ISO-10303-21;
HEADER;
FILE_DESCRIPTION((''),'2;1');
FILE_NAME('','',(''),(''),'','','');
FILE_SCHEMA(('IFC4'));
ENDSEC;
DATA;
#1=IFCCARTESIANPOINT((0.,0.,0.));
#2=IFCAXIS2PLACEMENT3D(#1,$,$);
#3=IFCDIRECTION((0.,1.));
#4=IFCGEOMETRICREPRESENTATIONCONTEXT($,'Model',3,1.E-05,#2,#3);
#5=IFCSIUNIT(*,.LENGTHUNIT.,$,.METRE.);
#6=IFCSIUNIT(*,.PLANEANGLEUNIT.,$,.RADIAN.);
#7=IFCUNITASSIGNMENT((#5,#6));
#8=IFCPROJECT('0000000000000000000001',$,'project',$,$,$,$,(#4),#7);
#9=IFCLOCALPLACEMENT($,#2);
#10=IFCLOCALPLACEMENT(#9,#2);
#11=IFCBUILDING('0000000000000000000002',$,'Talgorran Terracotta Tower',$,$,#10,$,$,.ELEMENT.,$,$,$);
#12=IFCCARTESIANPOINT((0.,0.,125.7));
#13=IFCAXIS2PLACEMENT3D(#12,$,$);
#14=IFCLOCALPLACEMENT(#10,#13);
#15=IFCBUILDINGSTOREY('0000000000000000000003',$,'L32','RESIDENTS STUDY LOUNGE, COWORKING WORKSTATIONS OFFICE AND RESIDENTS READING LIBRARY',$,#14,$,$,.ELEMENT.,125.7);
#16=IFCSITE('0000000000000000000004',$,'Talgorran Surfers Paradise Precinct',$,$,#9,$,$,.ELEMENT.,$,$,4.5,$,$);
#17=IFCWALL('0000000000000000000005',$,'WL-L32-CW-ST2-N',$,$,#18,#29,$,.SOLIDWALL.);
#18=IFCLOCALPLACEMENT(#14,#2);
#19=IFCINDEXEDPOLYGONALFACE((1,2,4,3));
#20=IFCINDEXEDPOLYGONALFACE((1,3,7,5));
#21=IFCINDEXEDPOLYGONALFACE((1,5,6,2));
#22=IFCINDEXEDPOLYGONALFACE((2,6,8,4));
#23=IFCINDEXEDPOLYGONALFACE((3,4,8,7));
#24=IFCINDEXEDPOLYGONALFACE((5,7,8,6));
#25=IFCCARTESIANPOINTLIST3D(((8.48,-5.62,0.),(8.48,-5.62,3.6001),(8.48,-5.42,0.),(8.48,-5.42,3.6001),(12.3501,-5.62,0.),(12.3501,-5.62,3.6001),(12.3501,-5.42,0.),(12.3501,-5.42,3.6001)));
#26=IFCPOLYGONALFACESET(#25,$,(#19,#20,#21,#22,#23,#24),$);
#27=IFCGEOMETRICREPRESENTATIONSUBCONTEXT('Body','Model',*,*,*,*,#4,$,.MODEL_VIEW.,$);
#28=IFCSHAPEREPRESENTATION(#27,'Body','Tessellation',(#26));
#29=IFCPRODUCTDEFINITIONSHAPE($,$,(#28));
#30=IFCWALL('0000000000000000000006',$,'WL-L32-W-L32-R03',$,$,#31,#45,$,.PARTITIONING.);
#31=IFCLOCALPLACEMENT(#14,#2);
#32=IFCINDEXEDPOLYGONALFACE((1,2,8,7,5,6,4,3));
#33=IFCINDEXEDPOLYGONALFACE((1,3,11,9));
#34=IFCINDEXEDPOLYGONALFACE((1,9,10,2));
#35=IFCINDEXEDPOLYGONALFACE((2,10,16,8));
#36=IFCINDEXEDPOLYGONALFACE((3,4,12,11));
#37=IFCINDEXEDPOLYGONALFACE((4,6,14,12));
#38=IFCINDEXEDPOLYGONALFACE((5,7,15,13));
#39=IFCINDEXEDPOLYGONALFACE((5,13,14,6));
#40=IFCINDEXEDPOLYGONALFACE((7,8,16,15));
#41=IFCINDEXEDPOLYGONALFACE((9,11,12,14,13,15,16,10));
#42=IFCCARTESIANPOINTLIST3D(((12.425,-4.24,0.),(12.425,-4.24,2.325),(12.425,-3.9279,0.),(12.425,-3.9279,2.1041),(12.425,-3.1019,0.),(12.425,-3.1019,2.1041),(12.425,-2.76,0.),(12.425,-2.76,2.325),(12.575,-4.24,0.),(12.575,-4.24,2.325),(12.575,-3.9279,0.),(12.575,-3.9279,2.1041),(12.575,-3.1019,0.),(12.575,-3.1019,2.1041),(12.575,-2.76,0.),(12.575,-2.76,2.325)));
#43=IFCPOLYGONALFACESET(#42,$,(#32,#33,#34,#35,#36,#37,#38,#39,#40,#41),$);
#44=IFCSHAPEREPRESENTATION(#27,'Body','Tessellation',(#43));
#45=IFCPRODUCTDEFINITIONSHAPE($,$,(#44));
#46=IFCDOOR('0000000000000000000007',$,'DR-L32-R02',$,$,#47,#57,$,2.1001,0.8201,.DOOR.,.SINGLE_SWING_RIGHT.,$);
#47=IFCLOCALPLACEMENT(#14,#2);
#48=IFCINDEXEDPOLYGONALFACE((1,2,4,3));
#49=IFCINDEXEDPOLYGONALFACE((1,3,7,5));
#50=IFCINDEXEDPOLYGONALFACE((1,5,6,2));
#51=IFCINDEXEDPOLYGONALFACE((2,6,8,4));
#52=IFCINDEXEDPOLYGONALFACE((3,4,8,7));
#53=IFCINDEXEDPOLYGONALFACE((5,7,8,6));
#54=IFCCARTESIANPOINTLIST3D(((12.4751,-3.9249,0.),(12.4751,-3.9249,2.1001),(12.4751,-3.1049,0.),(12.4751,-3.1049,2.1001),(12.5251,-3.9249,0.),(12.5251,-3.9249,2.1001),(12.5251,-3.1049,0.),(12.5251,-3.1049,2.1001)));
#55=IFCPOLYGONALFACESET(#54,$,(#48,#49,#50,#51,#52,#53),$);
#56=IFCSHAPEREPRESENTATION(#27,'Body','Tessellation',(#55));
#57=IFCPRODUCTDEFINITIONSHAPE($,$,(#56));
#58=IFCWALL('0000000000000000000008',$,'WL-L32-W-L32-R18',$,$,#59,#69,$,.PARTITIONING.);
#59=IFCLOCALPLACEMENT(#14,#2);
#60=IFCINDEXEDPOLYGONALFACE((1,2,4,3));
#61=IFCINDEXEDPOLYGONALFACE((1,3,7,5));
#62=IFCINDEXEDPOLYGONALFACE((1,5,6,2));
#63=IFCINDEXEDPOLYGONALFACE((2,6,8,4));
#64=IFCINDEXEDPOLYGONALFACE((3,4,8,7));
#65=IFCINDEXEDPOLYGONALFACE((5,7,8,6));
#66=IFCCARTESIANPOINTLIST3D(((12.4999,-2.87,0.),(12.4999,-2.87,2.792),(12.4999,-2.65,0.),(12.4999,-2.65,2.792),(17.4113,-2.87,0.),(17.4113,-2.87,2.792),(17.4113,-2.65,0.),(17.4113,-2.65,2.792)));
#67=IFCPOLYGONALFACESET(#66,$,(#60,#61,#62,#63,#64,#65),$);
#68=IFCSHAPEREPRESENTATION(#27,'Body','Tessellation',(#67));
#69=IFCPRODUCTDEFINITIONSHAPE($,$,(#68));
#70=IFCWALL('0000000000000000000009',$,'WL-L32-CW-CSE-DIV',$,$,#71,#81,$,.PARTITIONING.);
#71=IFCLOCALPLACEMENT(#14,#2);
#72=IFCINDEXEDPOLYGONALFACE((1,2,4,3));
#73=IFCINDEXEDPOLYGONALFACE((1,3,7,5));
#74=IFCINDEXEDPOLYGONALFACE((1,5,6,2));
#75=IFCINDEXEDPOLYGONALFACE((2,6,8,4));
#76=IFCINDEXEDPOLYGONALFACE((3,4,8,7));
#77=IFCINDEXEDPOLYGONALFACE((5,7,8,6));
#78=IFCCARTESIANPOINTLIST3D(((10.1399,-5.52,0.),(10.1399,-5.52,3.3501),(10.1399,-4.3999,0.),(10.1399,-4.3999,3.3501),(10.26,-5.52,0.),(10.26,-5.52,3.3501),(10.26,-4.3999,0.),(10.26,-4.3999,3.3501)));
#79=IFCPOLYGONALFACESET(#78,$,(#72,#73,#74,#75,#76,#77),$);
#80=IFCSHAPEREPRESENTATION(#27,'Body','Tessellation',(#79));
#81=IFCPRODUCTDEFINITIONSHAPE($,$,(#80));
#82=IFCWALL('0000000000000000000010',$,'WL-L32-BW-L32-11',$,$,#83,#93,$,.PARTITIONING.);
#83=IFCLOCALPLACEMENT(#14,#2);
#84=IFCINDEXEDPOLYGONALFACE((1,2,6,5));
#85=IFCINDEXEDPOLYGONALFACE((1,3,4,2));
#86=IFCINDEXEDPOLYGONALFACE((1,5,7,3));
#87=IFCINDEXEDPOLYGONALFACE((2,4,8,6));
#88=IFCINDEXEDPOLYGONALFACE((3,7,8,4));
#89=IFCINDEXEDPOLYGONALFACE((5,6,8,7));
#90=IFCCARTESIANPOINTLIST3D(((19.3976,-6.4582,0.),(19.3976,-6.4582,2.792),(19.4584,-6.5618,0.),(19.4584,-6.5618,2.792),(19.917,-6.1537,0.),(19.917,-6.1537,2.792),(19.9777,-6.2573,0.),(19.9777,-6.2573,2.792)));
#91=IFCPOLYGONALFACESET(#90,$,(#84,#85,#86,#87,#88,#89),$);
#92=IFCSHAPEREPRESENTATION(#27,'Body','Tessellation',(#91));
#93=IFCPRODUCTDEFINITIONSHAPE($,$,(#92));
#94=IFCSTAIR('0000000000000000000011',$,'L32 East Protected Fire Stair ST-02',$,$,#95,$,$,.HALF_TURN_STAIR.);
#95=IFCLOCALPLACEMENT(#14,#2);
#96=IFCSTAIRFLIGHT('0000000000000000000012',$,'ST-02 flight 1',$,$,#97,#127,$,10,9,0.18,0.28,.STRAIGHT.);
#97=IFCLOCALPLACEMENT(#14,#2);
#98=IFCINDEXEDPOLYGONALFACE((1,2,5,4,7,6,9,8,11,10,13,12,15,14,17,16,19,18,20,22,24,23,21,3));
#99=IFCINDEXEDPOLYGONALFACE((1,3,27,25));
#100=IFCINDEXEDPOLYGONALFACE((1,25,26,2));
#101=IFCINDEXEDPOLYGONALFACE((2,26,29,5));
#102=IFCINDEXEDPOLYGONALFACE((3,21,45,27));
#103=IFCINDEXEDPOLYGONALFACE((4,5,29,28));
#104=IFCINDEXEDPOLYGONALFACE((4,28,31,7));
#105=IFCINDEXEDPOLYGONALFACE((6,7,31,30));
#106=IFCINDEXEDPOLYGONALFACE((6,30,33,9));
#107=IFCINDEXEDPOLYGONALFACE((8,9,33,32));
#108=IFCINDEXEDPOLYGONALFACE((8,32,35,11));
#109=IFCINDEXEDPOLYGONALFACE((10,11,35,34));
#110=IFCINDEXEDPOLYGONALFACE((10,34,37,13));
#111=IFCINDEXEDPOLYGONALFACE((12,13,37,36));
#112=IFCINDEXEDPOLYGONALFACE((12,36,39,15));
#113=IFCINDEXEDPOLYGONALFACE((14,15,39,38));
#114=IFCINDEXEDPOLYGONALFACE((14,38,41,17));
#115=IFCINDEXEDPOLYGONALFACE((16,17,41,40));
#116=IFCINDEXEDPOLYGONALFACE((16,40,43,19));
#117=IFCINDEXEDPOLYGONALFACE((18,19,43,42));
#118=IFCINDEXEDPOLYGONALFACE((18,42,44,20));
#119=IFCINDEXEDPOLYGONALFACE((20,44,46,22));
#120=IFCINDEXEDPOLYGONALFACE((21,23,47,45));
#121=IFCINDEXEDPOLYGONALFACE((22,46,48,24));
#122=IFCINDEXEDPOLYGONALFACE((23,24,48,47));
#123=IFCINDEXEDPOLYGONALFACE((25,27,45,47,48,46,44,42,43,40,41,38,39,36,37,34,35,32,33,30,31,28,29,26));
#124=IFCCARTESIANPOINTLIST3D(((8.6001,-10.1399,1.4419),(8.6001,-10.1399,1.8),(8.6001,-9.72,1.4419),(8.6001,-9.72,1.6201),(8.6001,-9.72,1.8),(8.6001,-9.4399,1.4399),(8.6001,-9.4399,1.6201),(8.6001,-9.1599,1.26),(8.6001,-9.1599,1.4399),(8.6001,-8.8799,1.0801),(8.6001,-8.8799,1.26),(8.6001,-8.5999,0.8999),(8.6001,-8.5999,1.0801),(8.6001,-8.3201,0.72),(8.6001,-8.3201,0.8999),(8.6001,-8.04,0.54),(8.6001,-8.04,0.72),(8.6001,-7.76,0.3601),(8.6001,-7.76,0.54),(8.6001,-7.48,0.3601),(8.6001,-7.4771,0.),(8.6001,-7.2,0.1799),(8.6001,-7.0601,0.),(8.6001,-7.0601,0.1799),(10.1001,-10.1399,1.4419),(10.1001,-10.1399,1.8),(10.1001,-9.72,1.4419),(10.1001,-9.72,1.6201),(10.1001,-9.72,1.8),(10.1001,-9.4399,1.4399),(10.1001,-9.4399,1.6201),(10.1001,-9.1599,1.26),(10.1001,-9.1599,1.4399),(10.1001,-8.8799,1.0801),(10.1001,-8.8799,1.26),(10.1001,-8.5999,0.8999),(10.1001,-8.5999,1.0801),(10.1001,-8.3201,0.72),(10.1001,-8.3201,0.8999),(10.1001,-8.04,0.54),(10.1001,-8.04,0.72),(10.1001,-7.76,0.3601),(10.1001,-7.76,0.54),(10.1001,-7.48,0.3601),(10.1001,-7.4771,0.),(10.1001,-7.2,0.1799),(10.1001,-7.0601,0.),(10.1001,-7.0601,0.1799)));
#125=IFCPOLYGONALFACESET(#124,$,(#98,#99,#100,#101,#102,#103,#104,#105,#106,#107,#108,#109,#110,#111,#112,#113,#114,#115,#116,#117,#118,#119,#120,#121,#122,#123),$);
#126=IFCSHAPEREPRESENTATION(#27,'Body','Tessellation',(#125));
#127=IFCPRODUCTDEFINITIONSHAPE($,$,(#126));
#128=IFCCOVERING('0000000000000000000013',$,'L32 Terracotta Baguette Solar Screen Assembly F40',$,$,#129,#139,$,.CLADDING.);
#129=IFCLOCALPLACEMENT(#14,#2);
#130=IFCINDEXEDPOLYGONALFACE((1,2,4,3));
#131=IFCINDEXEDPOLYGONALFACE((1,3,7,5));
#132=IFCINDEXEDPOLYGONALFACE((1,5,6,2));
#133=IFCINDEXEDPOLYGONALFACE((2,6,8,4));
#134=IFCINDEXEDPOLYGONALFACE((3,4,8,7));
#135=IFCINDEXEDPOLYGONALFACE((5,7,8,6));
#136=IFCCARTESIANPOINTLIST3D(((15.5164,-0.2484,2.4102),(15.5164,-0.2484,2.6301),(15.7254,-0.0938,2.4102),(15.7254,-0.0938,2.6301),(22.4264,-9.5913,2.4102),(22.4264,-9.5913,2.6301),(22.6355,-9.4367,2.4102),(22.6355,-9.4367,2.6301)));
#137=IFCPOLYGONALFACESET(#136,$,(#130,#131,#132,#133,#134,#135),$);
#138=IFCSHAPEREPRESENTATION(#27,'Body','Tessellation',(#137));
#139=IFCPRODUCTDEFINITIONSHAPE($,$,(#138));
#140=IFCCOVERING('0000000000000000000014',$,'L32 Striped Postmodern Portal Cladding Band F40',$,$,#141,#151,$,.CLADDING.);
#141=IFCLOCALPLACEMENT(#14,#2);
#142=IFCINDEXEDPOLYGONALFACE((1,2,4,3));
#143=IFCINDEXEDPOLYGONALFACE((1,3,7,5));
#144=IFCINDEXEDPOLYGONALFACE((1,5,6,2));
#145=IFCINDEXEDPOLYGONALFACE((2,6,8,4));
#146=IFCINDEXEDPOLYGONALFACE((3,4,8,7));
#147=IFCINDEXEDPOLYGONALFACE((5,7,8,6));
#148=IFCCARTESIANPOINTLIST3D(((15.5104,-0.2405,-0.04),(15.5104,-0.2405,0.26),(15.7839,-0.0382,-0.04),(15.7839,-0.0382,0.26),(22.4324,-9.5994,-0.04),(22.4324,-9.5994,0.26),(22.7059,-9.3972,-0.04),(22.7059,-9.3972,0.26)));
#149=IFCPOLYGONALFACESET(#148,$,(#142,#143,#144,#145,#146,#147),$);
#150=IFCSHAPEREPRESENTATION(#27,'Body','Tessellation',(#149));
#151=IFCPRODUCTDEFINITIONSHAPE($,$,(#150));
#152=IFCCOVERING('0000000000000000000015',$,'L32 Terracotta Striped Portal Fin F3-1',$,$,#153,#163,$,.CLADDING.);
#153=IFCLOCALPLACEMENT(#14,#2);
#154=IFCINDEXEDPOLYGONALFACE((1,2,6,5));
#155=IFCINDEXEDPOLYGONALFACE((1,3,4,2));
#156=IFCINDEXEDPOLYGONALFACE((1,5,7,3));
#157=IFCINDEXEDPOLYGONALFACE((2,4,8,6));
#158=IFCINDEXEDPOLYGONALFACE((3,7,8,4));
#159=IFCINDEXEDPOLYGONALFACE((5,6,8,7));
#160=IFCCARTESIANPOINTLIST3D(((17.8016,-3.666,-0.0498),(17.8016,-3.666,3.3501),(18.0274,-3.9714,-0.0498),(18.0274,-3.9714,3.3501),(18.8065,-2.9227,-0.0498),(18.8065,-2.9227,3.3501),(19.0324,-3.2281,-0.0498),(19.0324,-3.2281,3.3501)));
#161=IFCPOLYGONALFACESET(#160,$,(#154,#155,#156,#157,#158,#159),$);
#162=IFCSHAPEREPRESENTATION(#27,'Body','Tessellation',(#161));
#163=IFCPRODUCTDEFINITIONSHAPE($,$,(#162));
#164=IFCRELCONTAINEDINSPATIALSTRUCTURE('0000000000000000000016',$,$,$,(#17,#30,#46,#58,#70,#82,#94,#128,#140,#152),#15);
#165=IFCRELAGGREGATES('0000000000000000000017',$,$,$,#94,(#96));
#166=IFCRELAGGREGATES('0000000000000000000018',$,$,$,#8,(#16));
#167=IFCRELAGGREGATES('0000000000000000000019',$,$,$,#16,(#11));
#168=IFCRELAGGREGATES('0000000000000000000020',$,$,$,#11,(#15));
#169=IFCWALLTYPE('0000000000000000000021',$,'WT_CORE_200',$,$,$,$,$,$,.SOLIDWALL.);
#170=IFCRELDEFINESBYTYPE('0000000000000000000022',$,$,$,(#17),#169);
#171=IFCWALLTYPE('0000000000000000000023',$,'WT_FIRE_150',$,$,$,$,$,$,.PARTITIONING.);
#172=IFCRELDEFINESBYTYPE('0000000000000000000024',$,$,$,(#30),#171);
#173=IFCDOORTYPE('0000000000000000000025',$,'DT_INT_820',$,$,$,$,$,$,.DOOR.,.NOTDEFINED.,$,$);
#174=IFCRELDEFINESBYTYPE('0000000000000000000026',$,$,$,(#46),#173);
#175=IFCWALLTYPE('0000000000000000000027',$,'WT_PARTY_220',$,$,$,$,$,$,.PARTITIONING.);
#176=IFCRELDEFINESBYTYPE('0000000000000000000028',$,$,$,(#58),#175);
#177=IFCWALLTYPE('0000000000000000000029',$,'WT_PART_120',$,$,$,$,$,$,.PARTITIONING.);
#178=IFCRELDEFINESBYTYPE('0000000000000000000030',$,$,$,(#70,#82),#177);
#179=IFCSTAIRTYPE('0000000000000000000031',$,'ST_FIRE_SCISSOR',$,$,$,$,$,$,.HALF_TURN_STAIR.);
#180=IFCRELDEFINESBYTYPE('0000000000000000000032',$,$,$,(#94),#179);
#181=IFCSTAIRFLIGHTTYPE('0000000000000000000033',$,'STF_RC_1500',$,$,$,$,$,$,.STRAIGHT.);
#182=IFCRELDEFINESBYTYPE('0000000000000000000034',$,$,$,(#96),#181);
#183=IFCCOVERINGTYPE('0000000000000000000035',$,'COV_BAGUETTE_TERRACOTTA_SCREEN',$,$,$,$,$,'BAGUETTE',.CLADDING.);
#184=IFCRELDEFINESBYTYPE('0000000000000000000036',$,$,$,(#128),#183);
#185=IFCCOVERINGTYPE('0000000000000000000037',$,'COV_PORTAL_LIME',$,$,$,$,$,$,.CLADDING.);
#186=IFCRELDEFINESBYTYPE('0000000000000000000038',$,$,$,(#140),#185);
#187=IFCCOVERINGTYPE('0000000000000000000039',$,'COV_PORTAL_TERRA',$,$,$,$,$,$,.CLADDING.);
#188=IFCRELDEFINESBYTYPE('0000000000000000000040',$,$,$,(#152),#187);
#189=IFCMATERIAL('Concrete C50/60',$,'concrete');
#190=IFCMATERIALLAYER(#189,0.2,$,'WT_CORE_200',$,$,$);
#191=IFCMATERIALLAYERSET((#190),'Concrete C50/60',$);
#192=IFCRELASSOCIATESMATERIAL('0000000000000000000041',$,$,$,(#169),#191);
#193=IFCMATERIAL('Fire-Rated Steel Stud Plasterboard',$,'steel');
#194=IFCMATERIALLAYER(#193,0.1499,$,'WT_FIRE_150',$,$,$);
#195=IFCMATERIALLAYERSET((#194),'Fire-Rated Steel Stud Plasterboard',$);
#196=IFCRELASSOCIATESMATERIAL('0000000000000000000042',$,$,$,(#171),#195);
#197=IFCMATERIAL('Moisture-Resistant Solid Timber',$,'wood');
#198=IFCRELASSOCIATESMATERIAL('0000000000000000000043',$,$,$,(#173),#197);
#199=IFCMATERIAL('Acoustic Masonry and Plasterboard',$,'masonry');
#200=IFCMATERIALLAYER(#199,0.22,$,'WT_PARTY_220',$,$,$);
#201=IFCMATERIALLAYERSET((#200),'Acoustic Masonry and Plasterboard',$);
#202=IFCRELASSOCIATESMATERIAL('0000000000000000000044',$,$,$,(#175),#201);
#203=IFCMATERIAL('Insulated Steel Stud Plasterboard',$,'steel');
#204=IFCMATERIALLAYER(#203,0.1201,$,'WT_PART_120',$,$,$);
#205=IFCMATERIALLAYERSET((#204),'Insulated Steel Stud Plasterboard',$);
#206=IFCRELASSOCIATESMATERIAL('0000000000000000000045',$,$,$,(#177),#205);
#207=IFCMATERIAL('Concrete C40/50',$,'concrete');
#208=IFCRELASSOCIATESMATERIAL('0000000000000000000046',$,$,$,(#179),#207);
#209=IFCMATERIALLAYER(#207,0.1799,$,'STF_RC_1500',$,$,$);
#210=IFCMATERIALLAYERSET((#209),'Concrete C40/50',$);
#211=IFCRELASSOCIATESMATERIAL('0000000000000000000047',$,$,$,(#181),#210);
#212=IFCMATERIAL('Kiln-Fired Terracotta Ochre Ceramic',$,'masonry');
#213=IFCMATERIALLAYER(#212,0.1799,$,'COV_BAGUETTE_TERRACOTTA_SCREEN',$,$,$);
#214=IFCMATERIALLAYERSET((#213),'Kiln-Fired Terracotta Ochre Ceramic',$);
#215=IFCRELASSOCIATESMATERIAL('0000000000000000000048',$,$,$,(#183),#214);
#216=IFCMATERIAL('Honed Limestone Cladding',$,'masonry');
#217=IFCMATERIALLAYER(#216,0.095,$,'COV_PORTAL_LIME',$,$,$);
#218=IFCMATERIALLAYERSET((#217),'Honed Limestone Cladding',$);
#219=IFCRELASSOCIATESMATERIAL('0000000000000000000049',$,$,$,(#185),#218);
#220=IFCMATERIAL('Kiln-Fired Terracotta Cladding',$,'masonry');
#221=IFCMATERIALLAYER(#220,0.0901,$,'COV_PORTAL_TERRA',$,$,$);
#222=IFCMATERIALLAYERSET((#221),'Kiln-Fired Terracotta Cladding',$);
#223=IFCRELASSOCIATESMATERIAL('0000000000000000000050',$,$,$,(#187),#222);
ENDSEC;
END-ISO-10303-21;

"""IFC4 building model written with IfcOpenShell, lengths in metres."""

from ifc_helpers import new_model, si_unit, direction, frame, frame_2d, origin, origin_2d, place, context, subcontext, project, spatial, polyline, rectangle, outline, extrude, material, layer, layer_set, type_object, element, fill, aggregate, save


model = new_model("IFC4")

# Units and contexts
model_context = context("Model", 3, precision=1e-05, world=origin(), true_north=direction((0.0, 1.0)))
body_context = subcontext(model_context, "Body", "Model", "MODEL_VIEW")
ifc_project = project(units=[si_unit("LENGTHUNIT", "METRE"), si_unit("PLANEANGLEUNIT", "RADIAN")], contexts=[model_context])

# Site, building, storey
site_placement = place(None, origin())
site = spatial("IfcSite", under=ifc_project, at=site_placement, Name="Talgorran Surfers Paradise Precinct", CompositionType="ELEMENT", RefElevation=4.5)
building_placement = place(site_placement, origin())
building = spatial("IfcBuilding", under=site, at=building_placement, Name="Talgorran Terracotta Tower", CompositionType="ELEMENT")
storey_placement = place(building_placement, frame((0.0, 0.0, 125.7)))
storey = spatial("IfcBuildingStorey", under=building, at=storey_placement, Name="L32", Description="RESIDENTS STUDY LOUNGE, COWORKING WORKSTATIONS OFFICE AND RESIDENTS READING LIBRARY", CompositionType="ELEMENT", Elevation=125.7)

# Wall
ifc_material_1 = material(Name="Concrete C50/60", Category="concrete")
ifc_layer_1 = layer(ifc_material_1, 0.2, Name="WT_CORE_200")
ifc_layer_set_1 = layer_set([ifc_layer_1], Name="Concrete C50/60")
wall_type_1 = type_object("IfcWallType", Name="WT_CORE_200", PredefinedType="SOLIDWALL", material=ifc_layer_set_1)
wall_1_placement = place(storey_placement, frame((8.48, -5.52, 0.0), z_axis=(0.0, 0.0, 1.0), x_axis=(1.0, 0.0, 0.0)))
element("IfcWall", 1, at=wall_1_placement, inside=storey, type_object=wall_type_1, Name="WL-L32-CW-ST2-N", PredefinedType="SOLIDWALL", context=body_context, shape_type="SweptSolid", body=[
    extrude(rectangle(XDim=3.8701, YDim=0.2, at=frame_2d((1.9351, 0.0))), origin(), (0.0, 0.0, 1.0), 3.6001),
])

# Wall, opening, door
ifc_material_2 = material(Name="Fire-Rated Steel Stud Plasterboard", Category="steel")
ifc_layer_2 = layer(ifc_material_2, 0.1499, Name="WT_FIRE_150")
ifc_layer_set_2 = layer_set([ifc_layer_2], Name="Fire-Rated Steel Stud Plasterboard")
wall_type_2 = type_object("IfcWallType", Name="WT_FIRE_150", PredefinedType="PARTITIONING", material=ifc_layer_set_2)
wall_2_placement = place(storey_placement, frame((12.5, -4.24, 0.0), z_axis=(0.0, 0.0, 1.0), x_axis=(0.0, 1.0, 0.0)))
wall_2 = element("IfcWall", 2, at=wall_2_placement, inside=storey, type_object=wall_type_2, Name="WL-L32-W-L32-R03", PredefinedType="PARTITIONING", context=body_context, shape_type="SweptSolid", body=[
    extrude(rectangle(XDim=1.48, YDim=0.1499, at=frame_2d((0.74, 0.0))), origin(), (0.0, 0.0, 1.0), 2.325),
])
opening_placement = place(wall_2_placement, frame((0.3149, 0.0, 0.0)))
opening = element("IfcOpeningElement", 3, at=opening_placement, cuts=wall_2, PredefinedType="OPENING", context=body_context, shape_type="SweptSolid", body=[
    extrude(rectangle(XDim=0.8261, YDim=2.1041, at=frame_2d((0.4102, 1.052))), frame((0.0, 0.085, 0.0), z_axis=(0.0, -1.0, 0.0), x_axis=(1.0, 0.0, 0.0)), (0.0, 0.0, 1.0), 0.1699),
])
ifc_material_3 = material(Name="Moisture-Resistant Solid Timber", Category="wood")
door_type = type_object("IfcDoorType", Name="DT_INT_820", OperationType="NOTDEFINED", PredefinedType="DOOR", material=ifc_material_3)
door_placement = place(opening_placement, origin())
door = element("IfcDoor", 4, at=door_placement, inside=storey, type_object=door_type, Name="DR-L32-R02", OperationType="SINGLE_SWING_RIGHT", OverallHeight=2.1001, OverallWidth=0.8201, PredefinedType="DOOR", context=body_context, shape_type="SweptSolid", body=[
    extrude(rectangle(XDim=0.8201, YDim=2.1001, at=frame_2d((0.4102, 1.05))), frame((0.0, 0.0249, 0.0), z_axis=(0.0, -1.0, 0.0), x_axis=(1.0, 0.0, 0.0)), (0.0, 0.0, 1.0), 0.05),
])
fill(opening, door)

# Walls
ifc_material_4 = material(Name="Acoustic Masonry and Plasterboard", Category="masonry")
ifc_layer_3 = layer(ifc_material_4, 0.22, Name="WT_PARTY_220")
ifc_layer_set_3 = layer_set([ifc_layer_3], Name="Acoustic Masonry and Plasterboard")
wall_type_3 = type_object("IfcWallType", Name="WT_PARTY_220", PredefinedType="PARTITIONING", material=ifc_layer_set_3)
wall_3_placement = place(storey_placement, frame((12.5, -2.76, 0.0), z_axis=(0.0, 0.0, 1.0), x_axis=(1.0, 0.0, 0.0)))
element("IfcWall", 5, at=wall_3_placement, inside=storey, type_object=wall_type_3, Name="WL-L32-W-L32-R18", PredefinedType="PARTITIONING", context=body_context, shape_type="SweptSolid", body=[
    extrude(rectangle(XDim=4.9114, YDim=0.22, at=frame_2d((2.4556, 0.0))), origin(), (0.0, 0.0, 1.0), 2.792),
])
ifc_material_5 = material(Name="Insulated Steel Stud Plasterboard", Category="steel")
ifc_layer_4 = layer(ifc_material_5, 0.1201, Name="WT_PART_120")
ifc_layer_set_4 = layer_set([ifc_layer_4], Name="Insulated Steel Stud Plasterboard")
wall_type_4 = type_object("IfcWallType", Name="WT_PART_120", PredefinedType="PARTITIONING", material=ifc_layer_set_4)
wall_4_placement = place(storey_placement, frame((10.2, -5.52, 0.0), z_axis=(0.0, 0.0, 1.0), x_axis=(0.0, 1.0, 0.0)))
element("IfcWall", 6, at=wall_4_placement, inside=storey, type_object=wall_type_4, Name="WL-L32-CW-CSE-DIV", PredefinedType="PARTITIONING", context=body_context, shape_type="SweptSolid", body=[
    extrude(rectangle(XDim=1.1201, YDim=0.1201, at=frame_2d((0.5601, 0.0))), origin(), (0.0, 0.0, 1.0), 3.3501),
])
wall_5_placement = place(storey_placement, frame((19.428, -6.51, 0.0), z_axis=(0.0, 0.0, 1.0), x_axis=(0.862674, 0.505761, 0.0)))
element("IfcWall", 7, at=wall_5_placement, inside=storey, type_object=wall_type_4, Name="WL-L32-BW-L32-11", PredefinedType="PARTITIONING", context=body_context, shape_type="SweptSolid", body=[
    extrude(rectangle(XDim=0.6021, YDim=0.1201, at=frame_2d((0.301, 0.0))), origin(), (0.0, 0.0, 1.0), 2.792),
])

# Stair, stair flight
ifc_material_6 = material(Name="Concrete C40/50", Category="concrete")
stair_type = type_object("IfcStairType", Name="ST_FIRE_SCISSOR", PredefinedType="HALF_TURN_STAIR", material=ifc_material_6)
stair_placement = place(storey_placement, origin())
stair = element("IfcStair", 8, at=stair_placement, inside=storey, type_object=stair_type, Name="L32 East Protected Fire Stair ST-02", PredefinedType="HALF_TURN_STAIR")
ifc_layer_5 = layer(ifc_material_6, 0.1799, Name="STF_RC_1500")
ifc_layer_set_5 = layer_set([ifc_layer_5], Name="Concrete C40/50")
stair_flight_type = type_object("IfcStairFlightType", Name="STF_RC_1500", PredefinedType="STRAIGHT", material=ifc_layer_set_5)
stair_flight_placement = place(storey_placement, frame((9.3501, -7.2, 0.0), z_axis=(0.0, 0.0, 1.0), x_axis=(0.0, -1.0, 0.0)))
stair_flight = element("IfcStairFlight", 9, at=stair_flight_placement, type_object=stair_flight_type, Name="ST-02 flight 1", NumberOfRisers=10, NumberOfTreads=9, PredefinedType="STRAIGHT", RiserHeight=0.18, TreadLength=0.28, context=body_context, shape_type="SweptSolid", body=[
    extrude(outline(polyline([(-0.1399, 0.0), (-0.1399, 0.1799), (0.0, 0.1799), (0.28, 0.3601), (0.5601, 0.3601), (0.5601, 0.54), (0.8401, 0.54), (0.8401, 0.72), (1.1201, 0.72), (1.1201, 0.8999), (1.3999, 0.8999), (1.3999, 1.0801), (1.6799, 1.0801), (1.6799, 1.26), (1.96, 1.26), (1.96, 1.4399), (2.24, 1.4399), (2.24, 1.6201), (2.52, 1.6201), (2.52, 1.8), (2.9399, 1.8), (2.9399, 1.4419), (2.52, 1.4419), (0.2771, 0.0), (-0.1399, 0.0)])), frame((0.0, 0.75, 0.0), z_axis=(0.0, -1.0, 0.0), x_axis=(1.0, 0.0, 0.0)), (0.0, 0.0, 1.0), 1.5),
])
aggregate(stair, [stair_flight])

# Coverings
ifc_material_7 = material(Name="Kiln-Fired Terracotta Ochre Ceramic", Category="masonry")
ifc_layer_6 = layer(ifc_material_7, 0.1799, Name="COV_BAGUETTE_TERRACOTTA_SCREEN")
ifc_layer_set_6 = layer_set([ifc_layer_6], Name="Kiln-Fired Terracotta Ochre Ceramic")
covering_type_1 = type_object("IfcCoveringType", Name="COV_BAGUETTE_TERRACOTTA_SCREEN", ElementType="BAGUETTE", PredefinedType="CLADDING", material=ifc_layer_set_6)
covering_1_placement = place(storey_placement, frame((19.0759, -4.8425, 2.4102), z_axis=(0.0, 0.0, 1.0), x_axis=(-0.59464, 0.803992, 0.0)))
element("IfcCovering", 10, at=covering_1_placement, inside=storey, type_object=covering_type_1, Name="L32 Terracotta Baguette Solar Screen Assembly F40", PredefinedType="CLADDING", context=body_context, shape_type="SweptSolid", body=[
    extrude(rectangle(XDim=11.6206, YDim=0.26, at=origin_2d()), origin(), (0.0, 0.0, 1.0), 0.22),
])
ifc_material_8 = material(Name="Honed Limestone Cladding", Category="masonry")
ifc_layer_7 = layer(ifc_material_8, 0.095, Name="COV_PORTAL_LIME")
ifc_layer_set_7 = layer_set([ifc_layer_7], Name="Honed Limestone Cladding")
covering_type_2 = type_object("IfcCoveringType", Name="COV_PORTAL_LIME", PredefinedType="CLADDING", material=ifc_layer_set_7)
covering_2_placement = place(storey_placement, frame((19.1082, -4.8188, -0.04), z_axis=(0.0, 0.0, 1.0), x_axis=(-0.59464, 0.803992, 0.0)))
element("IfcCovering", 11, at=covering_2_placement, inside=storey, type_object=covering_type_2, Name="L32 Striped Postmodern Portal Cladding Band F40", PredefinedType="CLADDING", context=body_context, shape_type="SweptSolid", body=[
    extrude(rectangle(XDim=11.6406, YDim=0.3401, at=origin_2d()), origin(), (0.0, 0.0, 1.0), 0.3),
])
ifc_material_9 = material(Name="Kiln-Fired Terracotta Cladding", Category="masonry")
ifc_layer_8 = layer(ifc_material_9, 0.0901, Name="COV_PORTAL_TERRA")
ifc_layer_set_8 = layer_set([ifc_layer_8], Name="Kiln-Fired Terracotta Cladding")
covering_type_3 = type_object("IfcCoveringType", Name="COV_PORTAL_TERRA", PredefinedType="CLADDING", material=ifc_layer_set_8)
covering_3_placement = place(storey_placement, frame((18.417, -3.447, -0.0498), z_axis=(0.0, 0.0, 1.0), x_axis=(-0.59464, 0.803992, 0.0)))
element("IfcCovering", 12, at=covering_3_placement, inside=storey, type_object=covering_type_3, Name="L32 Terracotta Striped Portal Fin F3-1", PredefinedType="CLADDING", context=body_context, shape_type="SweptSolid", body=[
    extrude(rectangle(XDim=0.3799, YDim=1.25, at=origin_2d()), origin(), (0.0, 0.0, 1.0), 3.3999),
])

save(model, "model.ifc")
